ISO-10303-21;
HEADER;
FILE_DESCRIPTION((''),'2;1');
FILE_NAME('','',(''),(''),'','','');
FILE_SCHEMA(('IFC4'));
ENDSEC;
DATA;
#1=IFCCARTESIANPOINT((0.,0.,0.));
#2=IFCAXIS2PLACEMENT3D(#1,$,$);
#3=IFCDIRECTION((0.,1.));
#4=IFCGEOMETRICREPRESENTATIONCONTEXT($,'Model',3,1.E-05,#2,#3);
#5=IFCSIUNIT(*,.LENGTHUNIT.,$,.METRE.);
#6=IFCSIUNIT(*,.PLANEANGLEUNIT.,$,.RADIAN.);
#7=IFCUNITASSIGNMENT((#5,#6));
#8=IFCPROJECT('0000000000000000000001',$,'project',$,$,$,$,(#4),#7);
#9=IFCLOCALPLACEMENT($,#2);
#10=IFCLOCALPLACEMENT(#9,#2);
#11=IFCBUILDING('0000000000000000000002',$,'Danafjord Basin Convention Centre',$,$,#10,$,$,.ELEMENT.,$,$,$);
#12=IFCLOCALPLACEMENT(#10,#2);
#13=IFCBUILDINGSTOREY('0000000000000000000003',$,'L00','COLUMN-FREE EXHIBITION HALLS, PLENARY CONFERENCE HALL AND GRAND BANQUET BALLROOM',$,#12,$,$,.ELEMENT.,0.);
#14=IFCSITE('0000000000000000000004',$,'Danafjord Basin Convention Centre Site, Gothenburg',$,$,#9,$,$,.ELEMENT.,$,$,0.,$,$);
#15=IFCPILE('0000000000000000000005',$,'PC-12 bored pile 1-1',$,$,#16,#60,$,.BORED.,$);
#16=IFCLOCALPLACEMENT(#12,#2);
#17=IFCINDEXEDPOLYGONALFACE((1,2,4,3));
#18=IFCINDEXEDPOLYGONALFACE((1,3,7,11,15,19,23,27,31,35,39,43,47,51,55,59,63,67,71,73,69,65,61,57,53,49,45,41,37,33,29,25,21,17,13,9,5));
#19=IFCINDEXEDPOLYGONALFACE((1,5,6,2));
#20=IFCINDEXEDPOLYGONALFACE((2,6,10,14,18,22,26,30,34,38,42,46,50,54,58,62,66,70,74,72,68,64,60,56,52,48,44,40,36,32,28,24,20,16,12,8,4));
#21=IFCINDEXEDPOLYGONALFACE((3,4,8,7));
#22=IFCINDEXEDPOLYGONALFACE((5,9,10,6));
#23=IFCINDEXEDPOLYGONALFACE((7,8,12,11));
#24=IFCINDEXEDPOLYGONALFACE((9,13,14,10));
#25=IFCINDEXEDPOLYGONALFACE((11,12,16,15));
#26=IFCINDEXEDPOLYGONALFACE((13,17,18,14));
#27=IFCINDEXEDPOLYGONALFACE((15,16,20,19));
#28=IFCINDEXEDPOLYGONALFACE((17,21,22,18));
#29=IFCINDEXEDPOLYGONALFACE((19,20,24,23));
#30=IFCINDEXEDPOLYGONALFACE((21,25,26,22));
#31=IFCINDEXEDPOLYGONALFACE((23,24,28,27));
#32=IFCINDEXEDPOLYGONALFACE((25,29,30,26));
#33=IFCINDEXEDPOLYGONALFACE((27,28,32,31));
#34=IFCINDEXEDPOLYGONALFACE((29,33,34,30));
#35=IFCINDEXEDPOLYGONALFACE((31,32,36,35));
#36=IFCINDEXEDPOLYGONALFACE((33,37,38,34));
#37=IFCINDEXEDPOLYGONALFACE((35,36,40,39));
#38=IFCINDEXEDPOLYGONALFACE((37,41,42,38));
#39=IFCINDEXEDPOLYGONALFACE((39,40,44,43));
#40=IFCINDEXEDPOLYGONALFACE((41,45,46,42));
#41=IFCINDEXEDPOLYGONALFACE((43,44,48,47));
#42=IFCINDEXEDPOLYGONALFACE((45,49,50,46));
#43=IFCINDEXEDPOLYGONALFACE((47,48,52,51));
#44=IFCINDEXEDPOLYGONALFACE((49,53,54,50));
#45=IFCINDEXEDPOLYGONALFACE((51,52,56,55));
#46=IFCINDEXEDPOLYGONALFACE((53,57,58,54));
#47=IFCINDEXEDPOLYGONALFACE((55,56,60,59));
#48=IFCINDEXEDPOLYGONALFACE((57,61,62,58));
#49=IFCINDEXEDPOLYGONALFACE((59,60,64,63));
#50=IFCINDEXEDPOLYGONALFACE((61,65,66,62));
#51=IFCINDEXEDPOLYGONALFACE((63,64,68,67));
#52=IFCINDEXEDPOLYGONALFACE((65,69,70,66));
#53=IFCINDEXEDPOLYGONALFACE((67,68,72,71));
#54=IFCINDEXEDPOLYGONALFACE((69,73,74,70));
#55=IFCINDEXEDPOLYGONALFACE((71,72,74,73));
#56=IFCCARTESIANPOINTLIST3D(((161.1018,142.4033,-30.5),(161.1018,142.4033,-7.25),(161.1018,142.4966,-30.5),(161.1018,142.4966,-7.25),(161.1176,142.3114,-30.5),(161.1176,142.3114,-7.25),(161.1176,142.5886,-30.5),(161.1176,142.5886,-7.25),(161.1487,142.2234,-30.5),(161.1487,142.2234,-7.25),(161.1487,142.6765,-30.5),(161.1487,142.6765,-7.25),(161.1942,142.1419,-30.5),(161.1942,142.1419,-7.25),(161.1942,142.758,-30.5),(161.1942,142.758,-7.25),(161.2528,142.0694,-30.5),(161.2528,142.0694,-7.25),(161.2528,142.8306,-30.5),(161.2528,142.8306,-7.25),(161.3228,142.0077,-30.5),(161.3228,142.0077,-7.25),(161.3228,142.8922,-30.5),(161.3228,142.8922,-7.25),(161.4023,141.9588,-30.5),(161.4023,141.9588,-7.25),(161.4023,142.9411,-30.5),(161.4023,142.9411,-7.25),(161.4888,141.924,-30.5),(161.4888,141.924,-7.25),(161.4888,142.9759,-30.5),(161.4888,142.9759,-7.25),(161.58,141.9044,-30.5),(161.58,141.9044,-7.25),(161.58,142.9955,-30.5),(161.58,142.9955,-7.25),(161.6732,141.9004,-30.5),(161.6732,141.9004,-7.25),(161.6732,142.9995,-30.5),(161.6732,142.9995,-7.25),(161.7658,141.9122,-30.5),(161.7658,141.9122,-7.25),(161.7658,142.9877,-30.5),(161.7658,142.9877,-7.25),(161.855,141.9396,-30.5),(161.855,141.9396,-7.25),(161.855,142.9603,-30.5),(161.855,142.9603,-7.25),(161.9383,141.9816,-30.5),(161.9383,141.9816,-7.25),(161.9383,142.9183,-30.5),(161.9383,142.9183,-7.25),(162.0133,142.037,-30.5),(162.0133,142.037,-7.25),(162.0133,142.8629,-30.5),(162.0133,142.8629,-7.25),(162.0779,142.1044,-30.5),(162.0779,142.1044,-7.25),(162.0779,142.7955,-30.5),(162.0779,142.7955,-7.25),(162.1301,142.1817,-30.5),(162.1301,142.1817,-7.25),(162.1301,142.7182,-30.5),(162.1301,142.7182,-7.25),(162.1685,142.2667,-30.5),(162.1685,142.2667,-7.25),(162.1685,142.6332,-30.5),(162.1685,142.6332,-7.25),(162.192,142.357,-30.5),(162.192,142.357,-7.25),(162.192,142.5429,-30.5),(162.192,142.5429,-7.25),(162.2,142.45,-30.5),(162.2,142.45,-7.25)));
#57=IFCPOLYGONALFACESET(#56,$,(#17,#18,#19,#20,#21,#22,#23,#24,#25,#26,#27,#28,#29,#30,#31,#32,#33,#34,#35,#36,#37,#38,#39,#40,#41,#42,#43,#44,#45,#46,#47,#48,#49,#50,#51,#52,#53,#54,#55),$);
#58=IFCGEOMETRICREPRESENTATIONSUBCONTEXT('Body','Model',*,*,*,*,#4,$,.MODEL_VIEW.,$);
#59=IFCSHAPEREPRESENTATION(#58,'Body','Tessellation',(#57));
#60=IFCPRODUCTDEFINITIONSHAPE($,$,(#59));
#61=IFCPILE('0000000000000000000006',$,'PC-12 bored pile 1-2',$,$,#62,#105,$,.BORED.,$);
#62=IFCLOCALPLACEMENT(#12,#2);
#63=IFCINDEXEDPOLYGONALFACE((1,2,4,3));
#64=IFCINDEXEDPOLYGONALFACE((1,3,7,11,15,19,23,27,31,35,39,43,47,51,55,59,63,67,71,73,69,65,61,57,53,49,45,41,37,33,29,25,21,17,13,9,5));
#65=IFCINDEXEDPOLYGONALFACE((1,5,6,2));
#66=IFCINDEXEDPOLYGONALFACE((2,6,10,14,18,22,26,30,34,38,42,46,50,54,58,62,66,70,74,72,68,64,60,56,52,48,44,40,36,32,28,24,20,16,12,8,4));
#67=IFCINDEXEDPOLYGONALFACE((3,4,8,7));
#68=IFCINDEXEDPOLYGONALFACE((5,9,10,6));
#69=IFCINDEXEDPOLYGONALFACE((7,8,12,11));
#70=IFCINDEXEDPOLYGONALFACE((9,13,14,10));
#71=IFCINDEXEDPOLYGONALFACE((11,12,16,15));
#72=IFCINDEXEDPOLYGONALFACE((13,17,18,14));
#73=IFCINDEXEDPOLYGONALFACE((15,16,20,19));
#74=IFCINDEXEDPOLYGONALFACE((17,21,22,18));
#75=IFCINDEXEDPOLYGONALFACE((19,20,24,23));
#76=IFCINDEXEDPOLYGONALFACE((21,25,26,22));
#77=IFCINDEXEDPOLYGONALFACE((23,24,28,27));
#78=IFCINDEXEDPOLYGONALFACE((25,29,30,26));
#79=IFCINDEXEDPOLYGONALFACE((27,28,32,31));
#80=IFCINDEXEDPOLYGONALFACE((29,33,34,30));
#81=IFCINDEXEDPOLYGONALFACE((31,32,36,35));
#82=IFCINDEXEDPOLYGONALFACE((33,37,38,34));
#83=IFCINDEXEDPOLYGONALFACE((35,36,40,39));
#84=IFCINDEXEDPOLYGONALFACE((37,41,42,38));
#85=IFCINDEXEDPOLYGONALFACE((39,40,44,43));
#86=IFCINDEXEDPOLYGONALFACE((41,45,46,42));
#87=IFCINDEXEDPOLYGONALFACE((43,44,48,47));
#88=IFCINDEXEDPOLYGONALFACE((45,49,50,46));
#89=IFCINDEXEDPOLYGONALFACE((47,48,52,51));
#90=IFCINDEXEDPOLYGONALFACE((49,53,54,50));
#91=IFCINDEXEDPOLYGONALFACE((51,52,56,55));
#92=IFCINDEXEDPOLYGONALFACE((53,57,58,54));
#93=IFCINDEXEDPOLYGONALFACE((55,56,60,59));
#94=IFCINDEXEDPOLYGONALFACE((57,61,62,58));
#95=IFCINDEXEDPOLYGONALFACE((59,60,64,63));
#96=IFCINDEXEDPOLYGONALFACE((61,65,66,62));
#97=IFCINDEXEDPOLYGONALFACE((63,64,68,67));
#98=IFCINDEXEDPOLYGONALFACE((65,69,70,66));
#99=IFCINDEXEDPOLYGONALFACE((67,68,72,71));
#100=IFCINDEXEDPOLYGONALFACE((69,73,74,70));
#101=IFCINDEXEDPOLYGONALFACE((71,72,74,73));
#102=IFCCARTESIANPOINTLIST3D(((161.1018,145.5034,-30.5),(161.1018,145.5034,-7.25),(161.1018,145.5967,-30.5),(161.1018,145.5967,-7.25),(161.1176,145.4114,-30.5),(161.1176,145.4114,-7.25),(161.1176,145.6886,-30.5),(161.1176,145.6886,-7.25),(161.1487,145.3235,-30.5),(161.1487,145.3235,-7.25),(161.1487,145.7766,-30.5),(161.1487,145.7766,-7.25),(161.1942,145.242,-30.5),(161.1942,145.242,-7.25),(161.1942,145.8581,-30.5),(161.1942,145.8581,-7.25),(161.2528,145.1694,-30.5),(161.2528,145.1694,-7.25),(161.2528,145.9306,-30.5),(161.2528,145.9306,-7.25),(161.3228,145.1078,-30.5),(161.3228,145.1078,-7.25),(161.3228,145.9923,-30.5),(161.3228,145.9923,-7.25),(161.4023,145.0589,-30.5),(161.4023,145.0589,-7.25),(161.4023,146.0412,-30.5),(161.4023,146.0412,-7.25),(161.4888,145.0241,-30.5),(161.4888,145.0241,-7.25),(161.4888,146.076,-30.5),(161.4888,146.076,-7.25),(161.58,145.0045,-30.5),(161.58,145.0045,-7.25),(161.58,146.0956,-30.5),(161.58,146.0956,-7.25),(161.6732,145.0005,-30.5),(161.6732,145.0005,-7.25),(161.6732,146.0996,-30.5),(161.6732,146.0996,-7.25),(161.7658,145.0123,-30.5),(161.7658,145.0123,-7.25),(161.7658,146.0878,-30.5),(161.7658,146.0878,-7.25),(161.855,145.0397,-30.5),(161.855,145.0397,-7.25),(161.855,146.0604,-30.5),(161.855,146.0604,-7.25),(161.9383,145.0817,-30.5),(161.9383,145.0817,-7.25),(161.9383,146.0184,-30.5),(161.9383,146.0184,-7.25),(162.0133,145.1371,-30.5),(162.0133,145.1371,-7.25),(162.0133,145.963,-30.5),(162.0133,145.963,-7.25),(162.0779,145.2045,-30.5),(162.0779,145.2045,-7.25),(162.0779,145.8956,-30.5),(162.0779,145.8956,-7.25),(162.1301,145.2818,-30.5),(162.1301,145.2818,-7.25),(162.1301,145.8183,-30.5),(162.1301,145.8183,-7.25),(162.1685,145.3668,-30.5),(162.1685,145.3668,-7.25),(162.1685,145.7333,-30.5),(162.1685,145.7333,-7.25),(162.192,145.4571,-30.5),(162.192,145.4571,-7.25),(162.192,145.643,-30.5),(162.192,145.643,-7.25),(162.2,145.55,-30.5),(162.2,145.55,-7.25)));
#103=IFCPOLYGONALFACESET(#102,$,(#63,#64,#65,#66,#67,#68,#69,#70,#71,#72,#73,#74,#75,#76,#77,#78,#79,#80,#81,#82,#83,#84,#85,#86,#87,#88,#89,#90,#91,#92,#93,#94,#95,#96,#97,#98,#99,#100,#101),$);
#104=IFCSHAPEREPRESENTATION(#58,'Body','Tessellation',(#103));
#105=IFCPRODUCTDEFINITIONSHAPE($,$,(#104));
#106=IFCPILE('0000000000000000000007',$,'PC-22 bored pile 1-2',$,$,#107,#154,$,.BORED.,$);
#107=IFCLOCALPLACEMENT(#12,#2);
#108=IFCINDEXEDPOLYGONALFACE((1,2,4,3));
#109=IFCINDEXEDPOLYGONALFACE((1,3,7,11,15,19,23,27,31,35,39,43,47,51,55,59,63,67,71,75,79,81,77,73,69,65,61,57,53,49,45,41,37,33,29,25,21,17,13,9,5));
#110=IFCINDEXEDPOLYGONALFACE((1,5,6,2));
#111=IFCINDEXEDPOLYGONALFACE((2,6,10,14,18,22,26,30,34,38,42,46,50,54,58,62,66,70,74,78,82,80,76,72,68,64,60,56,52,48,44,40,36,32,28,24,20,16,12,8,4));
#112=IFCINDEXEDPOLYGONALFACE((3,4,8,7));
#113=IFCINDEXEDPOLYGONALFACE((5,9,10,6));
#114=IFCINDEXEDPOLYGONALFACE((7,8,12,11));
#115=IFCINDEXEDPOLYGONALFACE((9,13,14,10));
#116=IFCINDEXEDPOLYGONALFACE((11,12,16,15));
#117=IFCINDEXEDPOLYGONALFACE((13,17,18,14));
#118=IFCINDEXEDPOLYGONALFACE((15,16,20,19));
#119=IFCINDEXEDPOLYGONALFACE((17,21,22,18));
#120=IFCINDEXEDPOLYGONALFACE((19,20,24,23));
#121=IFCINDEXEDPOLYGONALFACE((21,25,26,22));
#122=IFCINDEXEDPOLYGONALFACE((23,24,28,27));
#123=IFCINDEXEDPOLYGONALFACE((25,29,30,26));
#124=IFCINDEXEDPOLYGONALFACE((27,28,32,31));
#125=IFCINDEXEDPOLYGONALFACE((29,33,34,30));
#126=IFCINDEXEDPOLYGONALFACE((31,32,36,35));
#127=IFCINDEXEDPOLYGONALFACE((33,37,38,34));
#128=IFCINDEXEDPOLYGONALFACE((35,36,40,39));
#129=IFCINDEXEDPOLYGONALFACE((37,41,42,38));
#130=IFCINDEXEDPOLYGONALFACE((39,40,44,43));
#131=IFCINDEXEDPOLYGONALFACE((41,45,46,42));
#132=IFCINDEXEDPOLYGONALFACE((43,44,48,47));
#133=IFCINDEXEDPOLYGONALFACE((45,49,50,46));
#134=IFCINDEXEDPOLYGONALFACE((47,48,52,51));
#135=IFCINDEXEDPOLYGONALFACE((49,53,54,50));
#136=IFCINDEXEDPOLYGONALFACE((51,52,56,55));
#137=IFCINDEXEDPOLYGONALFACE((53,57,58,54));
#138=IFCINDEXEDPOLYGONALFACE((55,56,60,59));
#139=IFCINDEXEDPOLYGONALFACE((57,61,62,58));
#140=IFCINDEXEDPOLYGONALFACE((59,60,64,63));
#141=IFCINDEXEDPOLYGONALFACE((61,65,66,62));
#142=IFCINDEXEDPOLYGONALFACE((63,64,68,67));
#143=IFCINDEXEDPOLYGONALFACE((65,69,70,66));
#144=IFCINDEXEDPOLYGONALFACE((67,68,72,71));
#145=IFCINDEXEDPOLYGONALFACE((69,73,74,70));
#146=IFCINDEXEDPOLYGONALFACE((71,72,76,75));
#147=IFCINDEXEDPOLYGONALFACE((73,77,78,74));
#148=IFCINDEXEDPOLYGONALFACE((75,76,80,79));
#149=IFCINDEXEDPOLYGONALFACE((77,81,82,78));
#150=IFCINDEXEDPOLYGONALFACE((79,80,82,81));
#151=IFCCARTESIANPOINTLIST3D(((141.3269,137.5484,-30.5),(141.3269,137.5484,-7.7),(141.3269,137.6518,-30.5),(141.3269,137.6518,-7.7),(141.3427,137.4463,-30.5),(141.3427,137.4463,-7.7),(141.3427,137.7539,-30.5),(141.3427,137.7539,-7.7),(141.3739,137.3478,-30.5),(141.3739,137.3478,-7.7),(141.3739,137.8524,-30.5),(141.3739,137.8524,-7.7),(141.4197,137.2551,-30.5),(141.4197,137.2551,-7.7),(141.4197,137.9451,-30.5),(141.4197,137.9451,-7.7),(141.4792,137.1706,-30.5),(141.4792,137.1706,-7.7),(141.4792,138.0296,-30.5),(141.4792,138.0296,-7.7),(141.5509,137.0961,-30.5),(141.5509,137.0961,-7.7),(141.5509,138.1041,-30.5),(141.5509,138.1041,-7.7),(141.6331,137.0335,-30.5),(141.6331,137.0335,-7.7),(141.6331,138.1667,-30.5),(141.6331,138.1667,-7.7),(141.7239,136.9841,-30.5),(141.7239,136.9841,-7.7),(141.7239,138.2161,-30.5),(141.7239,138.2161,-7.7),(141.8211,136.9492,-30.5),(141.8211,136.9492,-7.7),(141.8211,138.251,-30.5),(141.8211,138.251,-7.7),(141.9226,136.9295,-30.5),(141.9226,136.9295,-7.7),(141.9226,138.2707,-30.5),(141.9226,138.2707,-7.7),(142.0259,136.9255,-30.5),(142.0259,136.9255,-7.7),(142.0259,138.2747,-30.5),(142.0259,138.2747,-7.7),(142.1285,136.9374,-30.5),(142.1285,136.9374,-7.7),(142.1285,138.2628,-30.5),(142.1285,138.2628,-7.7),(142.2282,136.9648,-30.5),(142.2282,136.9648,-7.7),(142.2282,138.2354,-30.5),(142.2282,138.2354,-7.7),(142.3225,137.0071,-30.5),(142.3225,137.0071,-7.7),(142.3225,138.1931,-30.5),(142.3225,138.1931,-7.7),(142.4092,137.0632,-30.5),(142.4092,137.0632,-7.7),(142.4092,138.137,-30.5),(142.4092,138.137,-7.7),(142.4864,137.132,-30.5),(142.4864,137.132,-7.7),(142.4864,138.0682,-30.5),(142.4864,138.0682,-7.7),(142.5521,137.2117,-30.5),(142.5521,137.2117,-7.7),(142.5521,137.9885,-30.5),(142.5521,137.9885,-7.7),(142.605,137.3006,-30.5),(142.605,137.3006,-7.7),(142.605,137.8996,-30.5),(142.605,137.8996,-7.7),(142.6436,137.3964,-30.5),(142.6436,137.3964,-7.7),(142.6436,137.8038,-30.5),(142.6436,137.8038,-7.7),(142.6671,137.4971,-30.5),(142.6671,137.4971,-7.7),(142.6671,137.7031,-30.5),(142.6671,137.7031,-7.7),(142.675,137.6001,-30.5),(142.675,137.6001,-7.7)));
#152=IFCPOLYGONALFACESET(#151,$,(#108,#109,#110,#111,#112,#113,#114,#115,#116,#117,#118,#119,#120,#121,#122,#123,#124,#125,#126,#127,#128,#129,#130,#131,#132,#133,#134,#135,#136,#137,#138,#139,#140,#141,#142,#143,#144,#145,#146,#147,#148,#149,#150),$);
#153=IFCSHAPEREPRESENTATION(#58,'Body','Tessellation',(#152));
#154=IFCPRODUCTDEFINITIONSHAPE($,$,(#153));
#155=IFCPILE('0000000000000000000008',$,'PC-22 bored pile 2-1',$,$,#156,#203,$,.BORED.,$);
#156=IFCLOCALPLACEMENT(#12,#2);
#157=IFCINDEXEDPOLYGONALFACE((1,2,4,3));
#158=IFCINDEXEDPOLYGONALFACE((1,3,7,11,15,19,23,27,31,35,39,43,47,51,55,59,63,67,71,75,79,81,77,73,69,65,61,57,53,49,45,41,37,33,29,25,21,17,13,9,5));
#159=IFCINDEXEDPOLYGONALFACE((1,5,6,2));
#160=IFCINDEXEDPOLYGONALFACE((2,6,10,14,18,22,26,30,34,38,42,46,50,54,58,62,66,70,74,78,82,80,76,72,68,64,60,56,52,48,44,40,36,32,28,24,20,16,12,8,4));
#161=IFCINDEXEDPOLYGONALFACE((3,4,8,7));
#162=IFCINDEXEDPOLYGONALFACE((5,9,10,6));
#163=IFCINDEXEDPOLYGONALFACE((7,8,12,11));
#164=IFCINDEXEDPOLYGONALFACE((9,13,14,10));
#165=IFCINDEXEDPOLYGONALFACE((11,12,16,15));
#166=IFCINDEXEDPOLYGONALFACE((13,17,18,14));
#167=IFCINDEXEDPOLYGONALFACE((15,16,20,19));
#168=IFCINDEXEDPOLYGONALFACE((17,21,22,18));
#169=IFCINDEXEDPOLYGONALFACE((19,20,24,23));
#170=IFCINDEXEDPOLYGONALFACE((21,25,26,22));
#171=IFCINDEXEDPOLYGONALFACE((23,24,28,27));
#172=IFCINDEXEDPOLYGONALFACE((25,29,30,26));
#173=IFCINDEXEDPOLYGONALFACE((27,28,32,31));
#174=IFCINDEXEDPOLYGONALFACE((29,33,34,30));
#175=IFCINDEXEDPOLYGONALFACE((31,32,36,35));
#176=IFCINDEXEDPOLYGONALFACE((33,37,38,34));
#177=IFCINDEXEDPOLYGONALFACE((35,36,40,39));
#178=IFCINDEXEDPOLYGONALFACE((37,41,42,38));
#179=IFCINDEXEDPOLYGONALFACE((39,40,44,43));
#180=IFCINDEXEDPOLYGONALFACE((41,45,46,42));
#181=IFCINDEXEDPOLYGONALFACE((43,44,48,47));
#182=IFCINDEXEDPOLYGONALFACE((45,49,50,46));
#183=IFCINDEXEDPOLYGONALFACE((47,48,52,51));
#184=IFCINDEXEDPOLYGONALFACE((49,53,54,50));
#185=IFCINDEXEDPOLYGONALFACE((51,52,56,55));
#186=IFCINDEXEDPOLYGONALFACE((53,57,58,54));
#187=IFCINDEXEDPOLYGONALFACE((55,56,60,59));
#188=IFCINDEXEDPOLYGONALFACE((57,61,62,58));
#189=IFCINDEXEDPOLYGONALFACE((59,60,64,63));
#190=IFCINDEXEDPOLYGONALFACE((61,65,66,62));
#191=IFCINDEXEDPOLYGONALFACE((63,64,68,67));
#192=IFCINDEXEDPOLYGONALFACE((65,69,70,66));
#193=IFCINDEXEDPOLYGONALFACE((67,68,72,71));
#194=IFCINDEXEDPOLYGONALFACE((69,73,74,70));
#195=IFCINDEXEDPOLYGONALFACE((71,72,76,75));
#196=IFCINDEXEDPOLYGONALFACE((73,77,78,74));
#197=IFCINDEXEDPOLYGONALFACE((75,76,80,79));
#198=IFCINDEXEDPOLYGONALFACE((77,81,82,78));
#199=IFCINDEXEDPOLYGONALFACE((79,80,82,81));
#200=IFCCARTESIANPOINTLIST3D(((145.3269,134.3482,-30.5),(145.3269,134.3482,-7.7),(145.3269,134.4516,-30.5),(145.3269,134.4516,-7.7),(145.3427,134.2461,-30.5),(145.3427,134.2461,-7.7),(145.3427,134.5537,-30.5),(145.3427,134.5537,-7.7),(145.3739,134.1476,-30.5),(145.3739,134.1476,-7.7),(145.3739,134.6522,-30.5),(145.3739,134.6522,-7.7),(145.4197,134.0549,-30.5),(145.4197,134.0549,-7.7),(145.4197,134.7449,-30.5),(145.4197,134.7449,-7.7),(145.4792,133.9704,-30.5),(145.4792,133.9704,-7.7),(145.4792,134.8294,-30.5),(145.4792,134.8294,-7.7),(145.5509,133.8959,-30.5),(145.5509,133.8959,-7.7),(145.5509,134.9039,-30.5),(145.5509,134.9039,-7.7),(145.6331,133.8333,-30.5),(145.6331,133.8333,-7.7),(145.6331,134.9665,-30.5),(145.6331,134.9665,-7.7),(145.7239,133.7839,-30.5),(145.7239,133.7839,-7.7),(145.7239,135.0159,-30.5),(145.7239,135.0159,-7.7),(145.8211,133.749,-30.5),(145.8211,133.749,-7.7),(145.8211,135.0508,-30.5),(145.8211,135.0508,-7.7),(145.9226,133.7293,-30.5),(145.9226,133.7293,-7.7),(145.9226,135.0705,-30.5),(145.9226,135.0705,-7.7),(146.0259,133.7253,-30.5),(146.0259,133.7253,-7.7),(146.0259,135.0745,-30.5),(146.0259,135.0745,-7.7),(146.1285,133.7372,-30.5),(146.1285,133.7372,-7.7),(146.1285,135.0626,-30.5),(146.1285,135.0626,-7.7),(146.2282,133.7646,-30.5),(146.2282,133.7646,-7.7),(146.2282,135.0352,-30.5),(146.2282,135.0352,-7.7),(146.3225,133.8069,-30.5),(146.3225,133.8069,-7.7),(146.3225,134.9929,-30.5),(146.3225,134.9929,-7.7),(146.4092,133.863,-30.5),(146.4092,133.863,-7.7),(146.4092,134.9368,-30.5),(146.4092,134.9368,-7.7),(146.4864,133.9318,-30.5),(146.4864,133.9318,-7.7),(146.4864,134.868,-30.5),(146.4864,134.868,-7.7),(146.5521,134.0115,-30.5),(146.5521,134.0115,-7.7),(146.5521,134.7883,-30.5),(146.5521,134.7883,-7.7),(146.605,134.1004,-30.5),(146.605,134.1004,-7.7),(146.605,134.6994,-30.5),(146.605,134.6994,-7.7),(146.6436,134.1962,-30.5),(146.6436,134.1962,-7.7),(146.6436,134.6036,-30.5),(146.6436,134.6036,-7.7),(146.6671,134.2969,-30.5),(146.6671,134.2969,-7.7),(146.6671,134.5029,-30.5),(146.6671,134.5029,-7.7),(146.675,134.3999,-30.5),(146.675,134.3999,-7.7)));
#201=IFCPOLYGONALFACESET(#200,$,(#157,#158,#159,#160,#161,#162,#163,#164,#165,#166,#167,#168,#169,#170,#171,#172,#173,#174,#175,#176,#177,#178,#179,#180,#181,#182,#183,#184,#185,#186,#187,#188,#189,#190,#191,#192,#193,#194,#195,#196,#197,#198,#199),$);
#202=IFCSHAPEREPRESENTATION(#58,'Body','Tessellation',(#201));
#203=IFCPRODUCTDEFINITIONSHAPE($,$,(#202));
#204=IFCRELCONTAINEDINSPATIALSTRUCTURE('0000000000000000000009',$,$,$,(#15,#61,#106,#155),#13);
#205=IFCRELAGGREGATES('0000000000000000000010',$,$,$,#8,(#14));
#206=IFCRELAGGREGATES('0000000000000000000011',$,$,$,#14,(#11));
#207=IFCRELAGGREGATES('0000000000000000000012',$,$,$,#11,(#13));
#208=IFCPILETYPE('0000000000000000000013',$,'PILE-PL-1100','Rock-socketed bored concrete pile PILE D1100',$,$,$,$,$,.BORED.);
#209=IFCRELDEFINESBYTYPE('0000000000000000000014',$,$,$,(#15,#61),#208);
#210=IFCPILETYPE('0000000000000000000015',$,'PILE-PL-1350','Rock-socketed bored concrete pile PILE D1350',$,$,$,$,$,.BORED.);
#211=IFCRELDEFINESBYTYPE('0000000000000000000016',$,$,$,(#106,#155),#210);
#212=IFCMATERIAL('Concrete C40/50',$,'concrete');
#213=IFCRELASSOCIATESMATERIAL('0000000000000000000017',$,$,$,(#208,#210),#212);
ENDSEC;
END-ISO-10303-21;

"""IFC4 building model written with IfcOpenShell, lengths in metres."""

from ifc_helpers import new_model, si_unit, direction, frame, origin, origin_2d, place, context, subcontext, project, spatial, circle, extrude, material, material_profile, profile_set, type_object, element, save


model = new_model("IFC4")

# Units and contexts
model_context = context("Model", 3, precision=1e-05, world=origin(), true_north=direction((0.0, 1.0)))
body_context = subcontext(model_context, "Body", "Model", "MODEL_VIEW")
ifc_project = project(units=[si_unit("LENGTHUNIT", "METRE"), si_unit("PLANEANGLEUNIT", "RADIAN")], contexts=[model_context])

# Site, building, storey
site_placement = place(None, origin())
site = spatial("IfcSite", under=ifc_project, at=site_placement, Name="Danafjord Basin Convention Centre Site, Gothenburg", CompositionType="ELEMENT", RefElevation=0.0)
building_placement = place(site_placement, origin())
building = spatial("IfcBuilding", under=site, at=building_placement, Name="Danafjord Basin Convention Centre", CompositionType="ELEMENT")
storey_placement = place(building_placement, origin())
storey = spatial("IfcBuildingStorey", under=building, at=storey_placement, Name="L00", Description="COLUMN-FREE EXHIBITION HALLS, PLENARY CONFERENCE HALL AND GRAND BANQUET BALLROOM", CompositionType="ELEMENT", Elevation=0.0)

# Shared definitions
ifc_material_1 = material(Name="Concrete C40/50", Category="concrete")

# Piles
ifc_material_profile_1 = material_profile(ifc_material_1, circle(Radius=0.55, at=origin_2d()), Name="PILE D1100")
ifc_profile_set_1 = profile_set([ifc_material_profile_1], Name="Concrete C40/50")
pile_type_1 = type_object("IfcPileType", Name="PILE-PL-1100", Description="Rock-socketed bored concrete pile PILE D1100", PredefinedType="BORED", material=ifc_profile_set_1)
for number, where, z_axis, x_axis, name in (
    (1, (161.6499, 142.45, -7.25), (0.0, 0.0, -1.0), (1.0, 0.0, 0.0), "PC-12 bored pile 1-1"),
    (2, (161.6499, 145.55, -7.25), (0.0, 0.0, -1.0), (1.0, 0.0, 0.0), "PC-12 bored pile 1-2"),
):
    element("IfcPile", number, at=place(storey_placement, frame(where, z_axis=z_axis, x_axis=x_axis)), inside=storey, type_object=pile_type_1, Name=name, PredefinedType="BORED", context=body_context, shape_type="SweptSolid", body=[
        extrude(circle(Radius=0.55, at=origin_2d()), origin(), (0.0, 0.0, 1.0), 23.25),
    ])
ifc_material_profile_2 = material_profile(ifc_material_1, circle(Radius=0.675, at=origin_2d()), Name="PILE D1350")
ifc_profile_set_2 = profile_set([ifc_material_profile_2], Name="Concrete C40/50")
pile_type_2 = type_object("IfcPileType", Name="PILE-PL-1350", Description="Rock-socketed bored concrete pile PILE D1350", PredefinedType="BORED", material=ifc_profile_set_2)
for number, where, z_axis, x_axis, name in (
    (3, (142.0, 137.6001, -7.7), (0.0, 0.0, -1.0), (1.0, 0.0, 0.0), "PC-22 bored pile 1-2"),
    (4, (146.0, 134.3999, -7.7), (0.0, 0.0, -1.0), (1.0, 0.0, 0.0), "PC-22 bored pile 2-1"),
):
    element("IfcPile", number, at=place(storey_placement, frame(where, z_axis=z_axis, x_axis=x_axis)), inside=storey, type_object=pile_type_2, Name=name, PredefinedType="BORED", context=body_context, shape_type="SweptSolid", body=[
        extrude(circle(Radius=0.675, at=origin_2d()), origin(), (0.0, 0.0, 1.0), 22.8),
    ])

save(model, "model.ifc")
